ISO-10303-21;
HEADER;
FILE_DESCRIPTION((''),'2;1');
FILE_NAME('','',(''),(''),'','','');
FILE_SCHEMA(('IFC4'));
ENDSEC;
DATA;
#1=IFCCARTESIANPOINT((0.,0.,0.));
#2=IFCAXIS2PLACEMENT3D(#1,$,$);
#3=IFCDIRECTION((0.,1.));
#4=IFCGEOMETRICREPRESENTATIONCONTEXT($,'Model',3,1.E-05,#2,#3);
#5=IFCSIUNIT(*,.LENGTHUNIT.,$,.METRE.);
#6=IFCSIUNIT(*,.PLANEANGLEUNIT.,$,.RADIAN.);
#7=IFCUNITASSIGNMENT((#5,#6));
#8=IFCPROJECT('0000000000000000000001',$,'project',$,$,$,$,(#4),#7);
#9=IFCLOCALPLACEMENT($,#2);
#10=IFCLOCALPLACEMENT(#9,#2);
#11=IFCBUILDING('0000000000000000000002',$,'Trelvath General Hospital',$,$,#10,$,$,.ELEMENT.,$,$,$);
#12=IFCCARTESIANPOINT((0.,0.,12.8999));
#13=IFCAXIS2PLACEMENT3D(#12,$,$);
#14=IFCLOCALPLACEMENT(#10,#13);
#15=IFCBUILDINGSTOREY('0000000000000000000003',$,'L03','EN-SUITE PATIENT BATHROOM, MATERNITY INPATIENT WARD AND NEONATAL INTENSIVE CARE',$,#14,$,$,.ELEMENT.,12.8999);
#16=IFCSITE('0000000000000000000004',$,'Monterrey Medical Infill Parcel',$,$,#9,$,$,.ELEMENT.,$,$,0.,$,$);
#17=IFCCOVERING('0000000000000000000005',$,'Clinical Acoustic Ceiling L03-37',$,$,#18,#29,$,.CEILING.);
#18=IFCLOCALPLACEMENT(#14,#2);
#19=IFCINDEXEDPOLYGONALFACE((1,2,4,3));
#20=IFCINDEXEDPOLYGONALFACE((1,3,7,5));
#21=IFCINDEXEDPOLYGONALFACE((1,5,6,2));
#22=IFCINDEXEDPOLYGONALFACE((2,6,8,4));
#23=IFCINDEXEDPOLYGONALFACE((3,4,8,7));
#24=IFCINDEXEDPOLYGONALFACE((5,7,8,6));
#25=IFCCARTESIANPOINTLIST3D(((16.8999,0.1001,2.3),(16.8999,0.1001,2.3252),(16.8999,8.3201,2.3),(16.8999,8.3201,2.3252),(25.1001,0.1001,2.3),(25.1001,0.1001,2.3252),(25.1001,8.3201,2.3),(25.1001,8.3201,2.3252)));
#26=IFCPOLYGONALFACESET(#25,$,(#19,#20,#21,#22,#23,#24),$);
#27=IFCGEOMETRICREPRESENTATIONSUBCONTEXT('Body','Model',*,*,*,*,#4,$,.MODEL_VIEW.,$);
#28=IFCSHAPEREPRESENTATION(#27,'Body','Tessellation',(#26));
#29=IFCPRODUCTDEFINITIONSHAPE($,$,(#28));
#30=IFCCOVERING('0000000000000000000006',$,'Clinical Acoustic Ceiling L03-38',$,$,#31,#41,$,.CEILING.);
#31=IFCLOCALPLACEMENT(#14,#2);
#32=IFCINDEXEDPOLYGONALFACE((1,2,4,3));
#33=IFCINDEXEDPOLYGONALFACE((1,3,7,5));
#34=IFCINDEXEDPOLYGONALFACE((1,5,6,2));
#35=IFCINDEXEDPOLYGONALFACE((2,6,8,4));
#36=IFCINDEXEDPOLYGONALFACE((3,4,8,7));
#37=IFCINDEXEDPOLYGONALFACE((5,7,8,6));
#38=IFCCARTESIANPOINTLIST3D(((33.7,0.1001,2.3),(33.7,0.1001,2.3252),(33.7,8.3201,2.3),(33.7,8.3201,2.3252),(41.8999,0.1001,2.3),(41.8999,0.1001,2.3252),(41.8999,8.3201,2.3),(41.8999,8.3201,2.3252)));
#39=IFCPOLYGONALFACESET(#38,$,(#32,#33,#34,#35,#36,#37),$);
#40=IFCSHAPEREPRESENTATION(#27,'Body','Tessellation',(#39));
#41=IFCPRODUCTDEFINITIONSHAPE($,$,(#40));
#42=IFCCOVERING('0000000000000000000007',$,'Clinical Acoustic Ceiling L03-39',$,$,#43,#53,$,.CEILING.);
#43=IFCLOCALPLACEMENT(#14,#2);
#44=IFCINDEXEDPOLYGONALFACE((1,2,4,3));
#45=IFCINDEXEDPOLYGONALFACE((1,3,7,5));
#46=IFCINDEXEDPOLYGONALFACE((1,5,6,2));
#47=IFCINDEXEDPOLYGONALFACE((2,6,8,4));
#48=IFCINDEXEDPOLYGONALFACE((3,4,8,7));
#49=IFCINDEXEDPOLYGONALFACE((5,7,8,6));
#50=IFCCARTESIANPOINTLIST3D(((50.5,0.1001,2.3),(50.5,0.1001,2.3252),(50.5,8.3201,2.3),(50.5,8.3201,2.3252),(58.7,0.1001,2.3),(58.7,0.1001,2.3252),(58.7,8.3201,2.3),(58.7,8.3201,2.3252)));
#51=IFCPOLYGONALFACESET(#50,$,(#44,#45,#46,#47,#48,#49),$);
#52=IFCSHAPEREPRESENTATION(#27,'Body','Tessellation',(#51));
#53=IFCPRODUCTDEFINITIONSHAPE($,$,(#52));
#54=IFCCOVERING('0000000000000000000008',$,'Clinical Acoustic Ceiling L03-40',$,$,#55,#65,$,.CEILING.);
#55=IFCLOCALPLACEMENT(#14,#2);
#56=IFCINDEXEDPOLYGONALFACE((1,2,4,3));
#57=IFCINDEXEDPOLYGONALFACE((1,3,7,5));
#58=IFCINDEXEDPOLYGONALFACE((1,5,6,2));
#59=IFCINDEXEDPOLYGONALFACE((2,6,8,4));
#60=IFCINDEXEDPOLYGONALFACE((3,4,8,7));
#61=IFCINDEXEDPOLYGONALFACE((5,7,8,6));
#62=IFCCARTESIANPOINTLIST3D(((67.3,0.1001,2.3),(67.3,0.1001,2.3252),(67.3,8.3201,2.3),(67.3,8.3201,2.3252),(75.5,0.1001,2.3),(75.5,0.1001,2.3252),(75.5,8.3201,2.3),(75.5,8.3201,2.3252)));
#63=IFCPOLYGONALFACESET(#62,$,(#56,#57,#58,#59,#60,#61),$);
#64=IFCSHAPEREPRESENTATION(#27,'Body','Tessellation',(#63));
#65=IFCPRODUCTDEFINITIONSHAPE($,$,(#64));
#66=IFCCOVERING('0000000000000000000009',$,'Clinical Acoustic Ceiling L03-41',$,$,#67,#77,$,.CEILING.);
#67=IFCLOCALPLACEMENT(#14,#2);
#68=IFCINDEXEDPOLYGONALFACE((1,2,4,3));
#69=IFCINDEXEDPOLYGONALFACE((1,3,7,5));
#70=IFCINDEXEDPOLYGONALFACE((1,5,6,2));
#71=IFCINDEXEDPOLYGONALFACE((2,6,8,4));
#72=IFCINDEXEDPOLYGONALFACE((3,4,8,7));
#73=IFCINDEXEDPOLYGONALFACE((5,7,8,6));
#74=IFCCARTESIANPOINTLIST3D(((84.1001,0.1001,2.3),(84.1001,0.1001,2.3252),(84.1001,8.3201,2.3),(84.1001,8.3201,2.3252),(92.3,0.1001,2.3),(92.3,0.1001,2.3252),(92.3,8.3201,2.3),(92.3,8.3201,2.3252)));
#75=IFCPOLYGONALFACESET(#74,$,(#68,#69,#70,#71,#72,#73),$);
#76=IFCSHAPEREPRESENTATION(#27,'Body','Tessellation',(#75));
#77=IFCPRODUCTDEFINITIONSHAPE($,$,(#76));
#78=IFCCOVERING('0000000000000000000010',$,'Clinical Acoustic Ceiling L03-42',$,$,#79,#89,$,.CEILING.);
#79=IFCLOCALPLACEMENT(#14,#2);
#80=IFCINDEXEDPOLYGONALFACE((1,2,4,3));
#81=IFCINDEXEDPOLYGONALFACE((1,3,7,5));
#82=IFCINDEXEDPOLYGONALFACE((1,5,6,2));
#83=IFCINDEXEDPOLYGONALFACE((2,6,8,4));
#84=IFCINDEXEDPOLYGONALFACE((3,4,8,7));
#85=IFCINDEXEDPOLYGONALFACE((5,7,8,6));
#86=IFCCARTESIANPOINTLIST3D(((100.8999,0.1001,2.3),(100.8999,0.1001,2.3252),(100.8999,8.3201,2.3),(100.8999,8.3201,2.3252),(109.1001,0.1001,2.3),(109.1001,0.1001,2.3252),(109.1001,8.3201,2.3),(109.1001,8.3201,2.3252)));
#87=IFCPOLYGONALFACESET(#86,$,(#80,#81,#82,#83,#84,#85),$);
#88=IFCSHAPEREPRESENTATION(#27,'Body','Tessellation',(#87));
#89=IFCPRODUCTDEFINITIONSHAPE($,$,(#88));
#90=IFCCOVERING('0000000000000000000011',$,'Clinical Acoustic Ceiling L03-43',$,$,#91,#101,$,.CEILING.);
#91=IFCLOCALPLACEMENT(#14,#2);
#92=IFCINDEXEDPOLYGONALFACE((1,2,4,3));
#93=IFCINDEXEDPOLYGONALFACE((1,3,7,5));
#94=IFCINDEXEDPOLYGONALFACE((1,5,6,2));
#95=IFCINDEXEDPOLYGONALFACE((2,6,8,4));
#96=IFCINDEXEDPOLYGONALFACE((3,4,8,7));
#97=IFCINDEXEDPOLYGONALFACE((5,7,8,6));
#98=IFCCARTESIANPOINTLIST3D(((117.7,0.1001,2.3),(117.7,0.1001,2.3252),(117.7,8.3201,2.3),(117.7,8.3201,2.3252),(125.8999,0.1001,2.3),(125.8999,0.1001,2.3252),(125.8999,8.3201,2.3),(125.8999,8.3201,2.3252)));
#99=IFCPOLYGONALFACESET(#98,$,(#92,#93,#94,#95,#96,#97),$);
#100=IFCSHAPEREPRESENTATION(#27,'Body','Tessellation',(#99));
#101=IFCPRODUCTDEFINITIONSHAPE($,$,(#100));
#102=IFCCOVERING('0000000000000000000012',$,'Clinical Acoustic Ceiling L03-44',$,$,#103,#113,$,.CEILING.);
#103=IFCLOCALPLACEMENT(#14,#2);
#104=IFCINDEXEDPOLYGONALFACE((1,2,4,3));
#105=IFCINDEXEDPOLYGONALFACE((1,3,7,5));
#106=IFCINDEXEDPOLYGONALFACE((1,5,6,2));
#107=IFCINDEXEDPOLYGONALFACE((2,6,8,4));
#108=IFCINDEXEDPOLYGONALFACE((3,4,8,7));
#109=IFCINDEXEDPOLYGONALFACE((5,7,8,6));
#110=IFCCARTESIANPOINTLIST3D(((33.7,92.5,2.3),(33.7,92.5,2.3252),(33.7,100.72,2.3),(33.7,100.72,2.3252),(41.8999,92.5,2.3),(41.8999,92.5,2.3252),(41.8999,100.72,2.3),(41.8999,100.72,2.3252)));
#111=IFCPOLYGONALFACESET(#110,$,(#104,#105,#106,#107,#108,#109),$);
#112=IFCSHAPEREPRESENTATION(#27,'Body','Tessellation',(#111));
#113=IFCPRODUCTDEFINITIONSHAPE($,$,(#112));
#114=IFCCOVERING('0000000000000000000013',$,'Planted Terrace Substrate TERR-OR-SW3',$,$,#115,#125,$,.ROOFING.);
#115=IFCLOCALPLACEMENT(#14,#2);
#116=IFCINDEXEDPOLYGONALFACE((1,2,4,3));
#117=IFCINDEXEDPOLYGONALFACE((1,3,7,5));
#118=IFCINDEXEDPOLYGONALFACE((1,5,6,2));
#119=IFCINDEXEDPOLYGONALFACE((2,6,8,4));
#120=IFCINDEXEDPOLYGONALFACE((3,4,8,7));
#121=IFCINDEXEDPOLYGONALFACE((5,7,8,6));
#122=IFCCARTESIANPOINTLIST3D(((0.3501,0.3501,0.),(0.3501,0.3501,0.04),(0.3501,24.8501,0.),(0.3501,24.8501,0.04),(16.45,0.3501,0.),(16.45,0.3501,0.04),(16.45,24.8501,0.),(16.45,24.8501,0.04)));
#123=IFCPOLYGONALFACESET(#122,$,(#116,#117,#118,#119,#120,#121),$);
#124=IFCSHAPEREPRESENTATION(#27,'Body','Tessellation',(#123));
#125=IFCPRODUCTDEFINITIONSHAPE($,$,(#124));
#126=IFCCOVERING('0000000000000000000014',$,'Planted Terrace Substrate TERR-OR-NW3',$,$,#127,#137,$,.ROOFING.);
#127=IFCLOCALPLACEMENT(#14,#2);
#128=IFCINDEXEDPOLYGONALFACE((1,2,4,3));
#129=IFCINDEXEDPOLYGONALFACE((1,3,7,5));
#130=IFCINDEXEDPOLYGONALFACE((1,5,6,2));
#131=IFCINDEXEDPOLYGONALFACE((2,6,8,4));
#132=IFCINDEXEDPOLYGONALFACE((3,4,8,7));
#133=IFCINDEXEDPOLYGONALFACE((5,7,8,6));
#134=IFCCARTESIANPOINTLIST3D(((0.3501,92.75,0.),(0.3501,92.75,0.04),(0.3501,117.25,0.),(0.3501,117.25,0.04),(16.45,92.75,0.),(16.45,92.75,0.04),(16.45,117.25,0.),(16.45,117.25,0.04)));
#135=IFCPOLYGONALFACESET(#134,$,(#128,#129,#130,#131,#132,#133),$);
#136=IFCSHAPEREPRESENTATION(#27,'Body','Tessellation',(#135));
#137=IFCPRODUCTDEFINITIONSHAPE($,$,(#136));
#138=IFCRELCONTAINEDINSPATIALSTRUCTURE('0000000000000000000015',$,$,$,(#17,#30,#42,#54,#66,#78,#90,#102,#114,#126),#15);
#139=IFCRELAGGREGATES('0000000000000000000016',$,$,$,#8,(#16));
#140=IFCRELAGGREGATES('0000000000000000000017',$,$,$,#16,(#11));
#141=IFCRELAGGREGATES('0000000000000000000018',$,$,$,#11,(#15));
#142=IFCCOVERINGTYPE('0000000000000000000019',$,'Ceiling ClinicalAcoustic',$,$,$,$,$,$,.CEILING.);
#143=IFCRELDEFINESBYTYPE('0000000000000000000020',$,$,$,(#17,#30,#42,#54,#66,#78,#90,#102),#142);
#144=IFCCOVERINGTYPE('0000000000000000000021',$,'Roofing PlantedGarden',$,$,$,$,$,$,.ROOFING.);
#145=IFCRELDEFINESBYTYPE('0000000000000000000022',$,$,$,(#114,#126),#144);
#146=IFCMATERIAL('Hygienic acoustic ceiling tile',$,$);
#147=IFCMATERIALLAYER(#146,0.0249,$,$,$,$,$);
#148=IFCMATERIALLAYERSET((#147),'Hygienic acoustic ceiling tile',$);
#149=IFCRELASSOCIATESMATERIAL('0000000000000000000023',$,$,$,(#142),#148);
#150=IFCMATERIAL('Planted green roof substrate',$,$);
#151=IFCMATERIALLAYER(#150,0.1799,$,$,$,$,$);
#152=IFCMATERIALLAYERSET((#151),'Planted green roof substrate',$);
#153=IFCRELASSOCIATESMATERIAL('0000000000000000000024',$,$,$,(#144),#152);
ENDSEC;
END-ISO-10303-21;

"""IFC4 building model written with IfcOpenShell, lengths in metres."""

from ifc_helpers import new_model, si_unit, direction, frame, origin, place, context, subcontext, project, spatial, polyline, outline, extrude, material, layer, layer_set, type_object, element, save


model = new_model("IFC4")

# Units and contexts
model_context = context("Model", 3, precision=1e-05, world=origin(), true_north=direction((0.0, 1.0)))
body_context = subcontext(model_context, "Body", "Model", "MODEL_VIEW")
ifc_project = project(units=[si_unit("LENGTHUNIT", "METRE"), si_unit("PLANEANGLEUNIT", "RADIAN")], contexts=[model_context])

# Site, building, storey
site_placement = place(None, origin())
site = spatial("IfcSite", under=ifc_project, at=site_placement, Name="Monterrey Medical Infill Parcel", CompositionType="ELEMENT", RefElevation=0.0)
building_placement = place(site_placement, origin())
building = spatial("IfcBuilding", under=site, at=building_placement, Name="Trelvath General Hospital", CompositionType="ELEMENT")
storey_placement = place(building_placement, frame((0.0, 0.0, 12.8999)))
storey = spatial("IfcBuildingStorey", under=building, at=storey_placement, Name="L03", Description="EN-SUITE PATIENT BATHROOM, MATERNITY INPATIENT WARD AND NEONATAL INTENSIVE CARE", CompositionType="ELEMENT", Elevation=12.8999)

# Coverings
ifc_material_1 = material(Name="Hygienic acoustic ceiling tile")
ifc_layer_1 = layer(ifc_material_1, 0.0249)
ifc_layer_set_1 = layer_set([ifc_layer_1], Name="Hygienic acoustic ceiling tile")
covering_type_1 = type_object("IfcCoveringType", Name="Ceiling ClinicalAcoustic", PredefinedType="CEILING", material=ifc_layer_set_1)
covering_1_placement = place(storey_placement, frame((0.0, 0.0, 2.3)))
element("IfcCovering", 1, at=covering_1_placement, inside=storey, type_object=covering_type_1, Name="Clinical Acoustic Ceiling L03-37", PredefinedType="CEILING", context=body_context, shape_type="SweptSolid", body=[
    extrude(outline(polyline([(16.8999, 0.1001), (25.1001, 0.1001), (25.1001, 8.3201), (16.8999, 8.3201), (16.8999, 0.1001)])), origin(), (0.0, 0.0, 1.0), 0.0251),
])
covering_2_placement = place(storey_placement, frame((0.0, 0.0, 2.3)))
element("IfcCovering", 2, at=covering_2_placement, inside=storey, type_object=covering_type_1, Name="Clinical Acoustic Ceiling L03-38", PredefinedType="CEILING", context=body_context, shape_type="SweptSolid", body=[
    extrude(outline(polyline([(33.7, 0.1001), (41.8999, 0.1001), (41.8999, 8.3201), (33.7, 8.3201), (33.7, 0.1001)])), origin(), (0.0, 0.0, 1.0), 0.0251),
])
covering_3_placement = place(storey_placement, frame((0.0, 0.0, 2.3)))
element("IfcCovering", 3, at=covering_3_placement, inside=storey, type_object=covering_type_1, Name="Clinical Acoustic Ceiling L03-39", PredefinedType="CEILING", context=body_context, shape_type="SweptSolid", body=[
    extrude(outline(polyline([(50.5, 0.1001), (58.7, 0.1001), (58.7, 8.3201), (50.5, 8.3201), (50.5, 0.1001)])), origin(), (0.0, 0.0, 1.0), 0.0251),
])
covering_4_placement = place(storey_placement, frame((0.0, 0.0, 2.3)))
element("IfcCovering", 4, at=covering_4_placement, inside=storey, type_object=covering_type_1, Name="Clinical Acoustic Ceiling L03-40", PredefinedType="CEILING", context=body_context, shape_type="SweptSolid", body=[
    extrude(outline(polyline([(67.3, 0.1001), (75.5, 0.1001), (75.5, 8.3201), (67.3, 8.3201), (67.3, 0.1001)])), origin(), (0.0, 0.0, 1.0), 0.0251),
])
covering_5_placement = place(storey_placement, frame((0.0, 0.0, 2.3)))
element("IfcCovering", 5, at=covering_5_placement, inside=storey, type_object=covering_type_1, Name="Clinical Acoustic Ceiling L03-41", PredefinedType="CEILING", context=body_context, shape_type="SweptSolid", body=[
    extrude(outline(polyline([(84.1001, 0.1001), (92.3, 0.1001), (92.3, 8.3201), (84.1001, 8.3201), (84.1001, 0.1001)])), origin(), (0.0, 0.0, 1.0), 0.0251),
])
covering_6_placement = place(storey_placement, frame((0.0, 0.0, 2.3)))
element("IfcCovering", 6, at=covering_6_placement, inside=storey, type_object=covering_type_1, Name="Clinical Acoustic Ceiling L03-42", PredefinedType="CEILING", context=body_context, shape_type="SweptSolid", body=[
    extrude(outline(polyline([(100.8999, 0.1001), (109.1001, 0.1001), (109.1001, 8.3201), (100.8999, 8.3201), (100.8999, 0.1001)])), origin(), (0.0, 0.0, 1.0), 0.0251),
])
covering_7_placement = place(storey_placement, frame((0.0, 0.0, 2.3)))
element("IfcCovering", 7, at=covering_7_placement, inside=storey, type_object=covering_type_1, Name="Clinical Acoustic Ceiling L03-43", PredefinedType="CEILING", context=body_context, shape_type="SweptSolid", body=[
    extrude(outline(polyline([(117.7, 0.1001), (125.8999, 0.1001), (125.8999, 8.3201), (117.7, 8.3201), (117.7, 0.1001)])), origin(), (0.0, 0.0, 1.0), 0.0251),
])
covering_8_placement = place(storey_placement, frame((0.0, 0.0, 2.3)))
element("IfcCovering", 8, at=covering_8_placement, inside=storey, type_object=covering_type_1, Name="Clinical Acoustic Ceiling L03-44", PredefinedType="CEILING", context=body_context, shape_type="SweptSolid", body=[
    extrude(outline(polyline([(33.7, 92.5), (41.8999, 92.5), (41.8999, 100.72), (33.7, 100.72), (33.7, 92.5)])), origin(), (0.0, 0.0, 1.0), 0.0251),
])
ifc_material_2 = material(Name="Planted green roof substrate")
ifc_layer_2 = layer(ifc_material_2, 0.1799)
ifc_layer_set_2 = layer_set([ifc_layer_2], Name="Planted green roof substrate")
covering_type_2 = type_object("IfcCoveringType", Name="Roofing PlantedGarden", PredefinedType="ROOFING", material=ifc_layer_set_2)
covering_9_placement = place(storey_placement, origin())
element("IfcCovering", 9, at=covering_9_placement, inside=storey, type_object=covering_type_2, Name="Planted Terrace Substrate TERR-OR-SW3", PredefinedType="ROOFING", context=body_context, shape_type="SweptSolid", body=[
    extrude(outline(polyline([(0.3501, 0.3501), (16.45, 0.3501), (16.45, 24.8501), (0.3501, 24.8501), (0.3501, 0.3501)])), origin(), (0.0, 0.0, 1.0), 0.04),
])
covering_10_placement = place(storey_placement, origin())
element("IfcCovering", 10, at=covering_10_placement, inside=storey, type_object=covering_type_2, Name="Planted Terrace Substrate TERR-OR-NW3", PredefinedType="ROOFING", context=body_context, shape_type="SweptSolid", body=[
    extrude(outline(polyline([(0.3501, 92.75), (16.45, 92.75), (16.45, 117.25), (0.3501, 117.25), (0.3501, 92.75)])), origin(), (0.0, 0.0, 1.0), 0.04),
])

save(model, "model.ifc")
